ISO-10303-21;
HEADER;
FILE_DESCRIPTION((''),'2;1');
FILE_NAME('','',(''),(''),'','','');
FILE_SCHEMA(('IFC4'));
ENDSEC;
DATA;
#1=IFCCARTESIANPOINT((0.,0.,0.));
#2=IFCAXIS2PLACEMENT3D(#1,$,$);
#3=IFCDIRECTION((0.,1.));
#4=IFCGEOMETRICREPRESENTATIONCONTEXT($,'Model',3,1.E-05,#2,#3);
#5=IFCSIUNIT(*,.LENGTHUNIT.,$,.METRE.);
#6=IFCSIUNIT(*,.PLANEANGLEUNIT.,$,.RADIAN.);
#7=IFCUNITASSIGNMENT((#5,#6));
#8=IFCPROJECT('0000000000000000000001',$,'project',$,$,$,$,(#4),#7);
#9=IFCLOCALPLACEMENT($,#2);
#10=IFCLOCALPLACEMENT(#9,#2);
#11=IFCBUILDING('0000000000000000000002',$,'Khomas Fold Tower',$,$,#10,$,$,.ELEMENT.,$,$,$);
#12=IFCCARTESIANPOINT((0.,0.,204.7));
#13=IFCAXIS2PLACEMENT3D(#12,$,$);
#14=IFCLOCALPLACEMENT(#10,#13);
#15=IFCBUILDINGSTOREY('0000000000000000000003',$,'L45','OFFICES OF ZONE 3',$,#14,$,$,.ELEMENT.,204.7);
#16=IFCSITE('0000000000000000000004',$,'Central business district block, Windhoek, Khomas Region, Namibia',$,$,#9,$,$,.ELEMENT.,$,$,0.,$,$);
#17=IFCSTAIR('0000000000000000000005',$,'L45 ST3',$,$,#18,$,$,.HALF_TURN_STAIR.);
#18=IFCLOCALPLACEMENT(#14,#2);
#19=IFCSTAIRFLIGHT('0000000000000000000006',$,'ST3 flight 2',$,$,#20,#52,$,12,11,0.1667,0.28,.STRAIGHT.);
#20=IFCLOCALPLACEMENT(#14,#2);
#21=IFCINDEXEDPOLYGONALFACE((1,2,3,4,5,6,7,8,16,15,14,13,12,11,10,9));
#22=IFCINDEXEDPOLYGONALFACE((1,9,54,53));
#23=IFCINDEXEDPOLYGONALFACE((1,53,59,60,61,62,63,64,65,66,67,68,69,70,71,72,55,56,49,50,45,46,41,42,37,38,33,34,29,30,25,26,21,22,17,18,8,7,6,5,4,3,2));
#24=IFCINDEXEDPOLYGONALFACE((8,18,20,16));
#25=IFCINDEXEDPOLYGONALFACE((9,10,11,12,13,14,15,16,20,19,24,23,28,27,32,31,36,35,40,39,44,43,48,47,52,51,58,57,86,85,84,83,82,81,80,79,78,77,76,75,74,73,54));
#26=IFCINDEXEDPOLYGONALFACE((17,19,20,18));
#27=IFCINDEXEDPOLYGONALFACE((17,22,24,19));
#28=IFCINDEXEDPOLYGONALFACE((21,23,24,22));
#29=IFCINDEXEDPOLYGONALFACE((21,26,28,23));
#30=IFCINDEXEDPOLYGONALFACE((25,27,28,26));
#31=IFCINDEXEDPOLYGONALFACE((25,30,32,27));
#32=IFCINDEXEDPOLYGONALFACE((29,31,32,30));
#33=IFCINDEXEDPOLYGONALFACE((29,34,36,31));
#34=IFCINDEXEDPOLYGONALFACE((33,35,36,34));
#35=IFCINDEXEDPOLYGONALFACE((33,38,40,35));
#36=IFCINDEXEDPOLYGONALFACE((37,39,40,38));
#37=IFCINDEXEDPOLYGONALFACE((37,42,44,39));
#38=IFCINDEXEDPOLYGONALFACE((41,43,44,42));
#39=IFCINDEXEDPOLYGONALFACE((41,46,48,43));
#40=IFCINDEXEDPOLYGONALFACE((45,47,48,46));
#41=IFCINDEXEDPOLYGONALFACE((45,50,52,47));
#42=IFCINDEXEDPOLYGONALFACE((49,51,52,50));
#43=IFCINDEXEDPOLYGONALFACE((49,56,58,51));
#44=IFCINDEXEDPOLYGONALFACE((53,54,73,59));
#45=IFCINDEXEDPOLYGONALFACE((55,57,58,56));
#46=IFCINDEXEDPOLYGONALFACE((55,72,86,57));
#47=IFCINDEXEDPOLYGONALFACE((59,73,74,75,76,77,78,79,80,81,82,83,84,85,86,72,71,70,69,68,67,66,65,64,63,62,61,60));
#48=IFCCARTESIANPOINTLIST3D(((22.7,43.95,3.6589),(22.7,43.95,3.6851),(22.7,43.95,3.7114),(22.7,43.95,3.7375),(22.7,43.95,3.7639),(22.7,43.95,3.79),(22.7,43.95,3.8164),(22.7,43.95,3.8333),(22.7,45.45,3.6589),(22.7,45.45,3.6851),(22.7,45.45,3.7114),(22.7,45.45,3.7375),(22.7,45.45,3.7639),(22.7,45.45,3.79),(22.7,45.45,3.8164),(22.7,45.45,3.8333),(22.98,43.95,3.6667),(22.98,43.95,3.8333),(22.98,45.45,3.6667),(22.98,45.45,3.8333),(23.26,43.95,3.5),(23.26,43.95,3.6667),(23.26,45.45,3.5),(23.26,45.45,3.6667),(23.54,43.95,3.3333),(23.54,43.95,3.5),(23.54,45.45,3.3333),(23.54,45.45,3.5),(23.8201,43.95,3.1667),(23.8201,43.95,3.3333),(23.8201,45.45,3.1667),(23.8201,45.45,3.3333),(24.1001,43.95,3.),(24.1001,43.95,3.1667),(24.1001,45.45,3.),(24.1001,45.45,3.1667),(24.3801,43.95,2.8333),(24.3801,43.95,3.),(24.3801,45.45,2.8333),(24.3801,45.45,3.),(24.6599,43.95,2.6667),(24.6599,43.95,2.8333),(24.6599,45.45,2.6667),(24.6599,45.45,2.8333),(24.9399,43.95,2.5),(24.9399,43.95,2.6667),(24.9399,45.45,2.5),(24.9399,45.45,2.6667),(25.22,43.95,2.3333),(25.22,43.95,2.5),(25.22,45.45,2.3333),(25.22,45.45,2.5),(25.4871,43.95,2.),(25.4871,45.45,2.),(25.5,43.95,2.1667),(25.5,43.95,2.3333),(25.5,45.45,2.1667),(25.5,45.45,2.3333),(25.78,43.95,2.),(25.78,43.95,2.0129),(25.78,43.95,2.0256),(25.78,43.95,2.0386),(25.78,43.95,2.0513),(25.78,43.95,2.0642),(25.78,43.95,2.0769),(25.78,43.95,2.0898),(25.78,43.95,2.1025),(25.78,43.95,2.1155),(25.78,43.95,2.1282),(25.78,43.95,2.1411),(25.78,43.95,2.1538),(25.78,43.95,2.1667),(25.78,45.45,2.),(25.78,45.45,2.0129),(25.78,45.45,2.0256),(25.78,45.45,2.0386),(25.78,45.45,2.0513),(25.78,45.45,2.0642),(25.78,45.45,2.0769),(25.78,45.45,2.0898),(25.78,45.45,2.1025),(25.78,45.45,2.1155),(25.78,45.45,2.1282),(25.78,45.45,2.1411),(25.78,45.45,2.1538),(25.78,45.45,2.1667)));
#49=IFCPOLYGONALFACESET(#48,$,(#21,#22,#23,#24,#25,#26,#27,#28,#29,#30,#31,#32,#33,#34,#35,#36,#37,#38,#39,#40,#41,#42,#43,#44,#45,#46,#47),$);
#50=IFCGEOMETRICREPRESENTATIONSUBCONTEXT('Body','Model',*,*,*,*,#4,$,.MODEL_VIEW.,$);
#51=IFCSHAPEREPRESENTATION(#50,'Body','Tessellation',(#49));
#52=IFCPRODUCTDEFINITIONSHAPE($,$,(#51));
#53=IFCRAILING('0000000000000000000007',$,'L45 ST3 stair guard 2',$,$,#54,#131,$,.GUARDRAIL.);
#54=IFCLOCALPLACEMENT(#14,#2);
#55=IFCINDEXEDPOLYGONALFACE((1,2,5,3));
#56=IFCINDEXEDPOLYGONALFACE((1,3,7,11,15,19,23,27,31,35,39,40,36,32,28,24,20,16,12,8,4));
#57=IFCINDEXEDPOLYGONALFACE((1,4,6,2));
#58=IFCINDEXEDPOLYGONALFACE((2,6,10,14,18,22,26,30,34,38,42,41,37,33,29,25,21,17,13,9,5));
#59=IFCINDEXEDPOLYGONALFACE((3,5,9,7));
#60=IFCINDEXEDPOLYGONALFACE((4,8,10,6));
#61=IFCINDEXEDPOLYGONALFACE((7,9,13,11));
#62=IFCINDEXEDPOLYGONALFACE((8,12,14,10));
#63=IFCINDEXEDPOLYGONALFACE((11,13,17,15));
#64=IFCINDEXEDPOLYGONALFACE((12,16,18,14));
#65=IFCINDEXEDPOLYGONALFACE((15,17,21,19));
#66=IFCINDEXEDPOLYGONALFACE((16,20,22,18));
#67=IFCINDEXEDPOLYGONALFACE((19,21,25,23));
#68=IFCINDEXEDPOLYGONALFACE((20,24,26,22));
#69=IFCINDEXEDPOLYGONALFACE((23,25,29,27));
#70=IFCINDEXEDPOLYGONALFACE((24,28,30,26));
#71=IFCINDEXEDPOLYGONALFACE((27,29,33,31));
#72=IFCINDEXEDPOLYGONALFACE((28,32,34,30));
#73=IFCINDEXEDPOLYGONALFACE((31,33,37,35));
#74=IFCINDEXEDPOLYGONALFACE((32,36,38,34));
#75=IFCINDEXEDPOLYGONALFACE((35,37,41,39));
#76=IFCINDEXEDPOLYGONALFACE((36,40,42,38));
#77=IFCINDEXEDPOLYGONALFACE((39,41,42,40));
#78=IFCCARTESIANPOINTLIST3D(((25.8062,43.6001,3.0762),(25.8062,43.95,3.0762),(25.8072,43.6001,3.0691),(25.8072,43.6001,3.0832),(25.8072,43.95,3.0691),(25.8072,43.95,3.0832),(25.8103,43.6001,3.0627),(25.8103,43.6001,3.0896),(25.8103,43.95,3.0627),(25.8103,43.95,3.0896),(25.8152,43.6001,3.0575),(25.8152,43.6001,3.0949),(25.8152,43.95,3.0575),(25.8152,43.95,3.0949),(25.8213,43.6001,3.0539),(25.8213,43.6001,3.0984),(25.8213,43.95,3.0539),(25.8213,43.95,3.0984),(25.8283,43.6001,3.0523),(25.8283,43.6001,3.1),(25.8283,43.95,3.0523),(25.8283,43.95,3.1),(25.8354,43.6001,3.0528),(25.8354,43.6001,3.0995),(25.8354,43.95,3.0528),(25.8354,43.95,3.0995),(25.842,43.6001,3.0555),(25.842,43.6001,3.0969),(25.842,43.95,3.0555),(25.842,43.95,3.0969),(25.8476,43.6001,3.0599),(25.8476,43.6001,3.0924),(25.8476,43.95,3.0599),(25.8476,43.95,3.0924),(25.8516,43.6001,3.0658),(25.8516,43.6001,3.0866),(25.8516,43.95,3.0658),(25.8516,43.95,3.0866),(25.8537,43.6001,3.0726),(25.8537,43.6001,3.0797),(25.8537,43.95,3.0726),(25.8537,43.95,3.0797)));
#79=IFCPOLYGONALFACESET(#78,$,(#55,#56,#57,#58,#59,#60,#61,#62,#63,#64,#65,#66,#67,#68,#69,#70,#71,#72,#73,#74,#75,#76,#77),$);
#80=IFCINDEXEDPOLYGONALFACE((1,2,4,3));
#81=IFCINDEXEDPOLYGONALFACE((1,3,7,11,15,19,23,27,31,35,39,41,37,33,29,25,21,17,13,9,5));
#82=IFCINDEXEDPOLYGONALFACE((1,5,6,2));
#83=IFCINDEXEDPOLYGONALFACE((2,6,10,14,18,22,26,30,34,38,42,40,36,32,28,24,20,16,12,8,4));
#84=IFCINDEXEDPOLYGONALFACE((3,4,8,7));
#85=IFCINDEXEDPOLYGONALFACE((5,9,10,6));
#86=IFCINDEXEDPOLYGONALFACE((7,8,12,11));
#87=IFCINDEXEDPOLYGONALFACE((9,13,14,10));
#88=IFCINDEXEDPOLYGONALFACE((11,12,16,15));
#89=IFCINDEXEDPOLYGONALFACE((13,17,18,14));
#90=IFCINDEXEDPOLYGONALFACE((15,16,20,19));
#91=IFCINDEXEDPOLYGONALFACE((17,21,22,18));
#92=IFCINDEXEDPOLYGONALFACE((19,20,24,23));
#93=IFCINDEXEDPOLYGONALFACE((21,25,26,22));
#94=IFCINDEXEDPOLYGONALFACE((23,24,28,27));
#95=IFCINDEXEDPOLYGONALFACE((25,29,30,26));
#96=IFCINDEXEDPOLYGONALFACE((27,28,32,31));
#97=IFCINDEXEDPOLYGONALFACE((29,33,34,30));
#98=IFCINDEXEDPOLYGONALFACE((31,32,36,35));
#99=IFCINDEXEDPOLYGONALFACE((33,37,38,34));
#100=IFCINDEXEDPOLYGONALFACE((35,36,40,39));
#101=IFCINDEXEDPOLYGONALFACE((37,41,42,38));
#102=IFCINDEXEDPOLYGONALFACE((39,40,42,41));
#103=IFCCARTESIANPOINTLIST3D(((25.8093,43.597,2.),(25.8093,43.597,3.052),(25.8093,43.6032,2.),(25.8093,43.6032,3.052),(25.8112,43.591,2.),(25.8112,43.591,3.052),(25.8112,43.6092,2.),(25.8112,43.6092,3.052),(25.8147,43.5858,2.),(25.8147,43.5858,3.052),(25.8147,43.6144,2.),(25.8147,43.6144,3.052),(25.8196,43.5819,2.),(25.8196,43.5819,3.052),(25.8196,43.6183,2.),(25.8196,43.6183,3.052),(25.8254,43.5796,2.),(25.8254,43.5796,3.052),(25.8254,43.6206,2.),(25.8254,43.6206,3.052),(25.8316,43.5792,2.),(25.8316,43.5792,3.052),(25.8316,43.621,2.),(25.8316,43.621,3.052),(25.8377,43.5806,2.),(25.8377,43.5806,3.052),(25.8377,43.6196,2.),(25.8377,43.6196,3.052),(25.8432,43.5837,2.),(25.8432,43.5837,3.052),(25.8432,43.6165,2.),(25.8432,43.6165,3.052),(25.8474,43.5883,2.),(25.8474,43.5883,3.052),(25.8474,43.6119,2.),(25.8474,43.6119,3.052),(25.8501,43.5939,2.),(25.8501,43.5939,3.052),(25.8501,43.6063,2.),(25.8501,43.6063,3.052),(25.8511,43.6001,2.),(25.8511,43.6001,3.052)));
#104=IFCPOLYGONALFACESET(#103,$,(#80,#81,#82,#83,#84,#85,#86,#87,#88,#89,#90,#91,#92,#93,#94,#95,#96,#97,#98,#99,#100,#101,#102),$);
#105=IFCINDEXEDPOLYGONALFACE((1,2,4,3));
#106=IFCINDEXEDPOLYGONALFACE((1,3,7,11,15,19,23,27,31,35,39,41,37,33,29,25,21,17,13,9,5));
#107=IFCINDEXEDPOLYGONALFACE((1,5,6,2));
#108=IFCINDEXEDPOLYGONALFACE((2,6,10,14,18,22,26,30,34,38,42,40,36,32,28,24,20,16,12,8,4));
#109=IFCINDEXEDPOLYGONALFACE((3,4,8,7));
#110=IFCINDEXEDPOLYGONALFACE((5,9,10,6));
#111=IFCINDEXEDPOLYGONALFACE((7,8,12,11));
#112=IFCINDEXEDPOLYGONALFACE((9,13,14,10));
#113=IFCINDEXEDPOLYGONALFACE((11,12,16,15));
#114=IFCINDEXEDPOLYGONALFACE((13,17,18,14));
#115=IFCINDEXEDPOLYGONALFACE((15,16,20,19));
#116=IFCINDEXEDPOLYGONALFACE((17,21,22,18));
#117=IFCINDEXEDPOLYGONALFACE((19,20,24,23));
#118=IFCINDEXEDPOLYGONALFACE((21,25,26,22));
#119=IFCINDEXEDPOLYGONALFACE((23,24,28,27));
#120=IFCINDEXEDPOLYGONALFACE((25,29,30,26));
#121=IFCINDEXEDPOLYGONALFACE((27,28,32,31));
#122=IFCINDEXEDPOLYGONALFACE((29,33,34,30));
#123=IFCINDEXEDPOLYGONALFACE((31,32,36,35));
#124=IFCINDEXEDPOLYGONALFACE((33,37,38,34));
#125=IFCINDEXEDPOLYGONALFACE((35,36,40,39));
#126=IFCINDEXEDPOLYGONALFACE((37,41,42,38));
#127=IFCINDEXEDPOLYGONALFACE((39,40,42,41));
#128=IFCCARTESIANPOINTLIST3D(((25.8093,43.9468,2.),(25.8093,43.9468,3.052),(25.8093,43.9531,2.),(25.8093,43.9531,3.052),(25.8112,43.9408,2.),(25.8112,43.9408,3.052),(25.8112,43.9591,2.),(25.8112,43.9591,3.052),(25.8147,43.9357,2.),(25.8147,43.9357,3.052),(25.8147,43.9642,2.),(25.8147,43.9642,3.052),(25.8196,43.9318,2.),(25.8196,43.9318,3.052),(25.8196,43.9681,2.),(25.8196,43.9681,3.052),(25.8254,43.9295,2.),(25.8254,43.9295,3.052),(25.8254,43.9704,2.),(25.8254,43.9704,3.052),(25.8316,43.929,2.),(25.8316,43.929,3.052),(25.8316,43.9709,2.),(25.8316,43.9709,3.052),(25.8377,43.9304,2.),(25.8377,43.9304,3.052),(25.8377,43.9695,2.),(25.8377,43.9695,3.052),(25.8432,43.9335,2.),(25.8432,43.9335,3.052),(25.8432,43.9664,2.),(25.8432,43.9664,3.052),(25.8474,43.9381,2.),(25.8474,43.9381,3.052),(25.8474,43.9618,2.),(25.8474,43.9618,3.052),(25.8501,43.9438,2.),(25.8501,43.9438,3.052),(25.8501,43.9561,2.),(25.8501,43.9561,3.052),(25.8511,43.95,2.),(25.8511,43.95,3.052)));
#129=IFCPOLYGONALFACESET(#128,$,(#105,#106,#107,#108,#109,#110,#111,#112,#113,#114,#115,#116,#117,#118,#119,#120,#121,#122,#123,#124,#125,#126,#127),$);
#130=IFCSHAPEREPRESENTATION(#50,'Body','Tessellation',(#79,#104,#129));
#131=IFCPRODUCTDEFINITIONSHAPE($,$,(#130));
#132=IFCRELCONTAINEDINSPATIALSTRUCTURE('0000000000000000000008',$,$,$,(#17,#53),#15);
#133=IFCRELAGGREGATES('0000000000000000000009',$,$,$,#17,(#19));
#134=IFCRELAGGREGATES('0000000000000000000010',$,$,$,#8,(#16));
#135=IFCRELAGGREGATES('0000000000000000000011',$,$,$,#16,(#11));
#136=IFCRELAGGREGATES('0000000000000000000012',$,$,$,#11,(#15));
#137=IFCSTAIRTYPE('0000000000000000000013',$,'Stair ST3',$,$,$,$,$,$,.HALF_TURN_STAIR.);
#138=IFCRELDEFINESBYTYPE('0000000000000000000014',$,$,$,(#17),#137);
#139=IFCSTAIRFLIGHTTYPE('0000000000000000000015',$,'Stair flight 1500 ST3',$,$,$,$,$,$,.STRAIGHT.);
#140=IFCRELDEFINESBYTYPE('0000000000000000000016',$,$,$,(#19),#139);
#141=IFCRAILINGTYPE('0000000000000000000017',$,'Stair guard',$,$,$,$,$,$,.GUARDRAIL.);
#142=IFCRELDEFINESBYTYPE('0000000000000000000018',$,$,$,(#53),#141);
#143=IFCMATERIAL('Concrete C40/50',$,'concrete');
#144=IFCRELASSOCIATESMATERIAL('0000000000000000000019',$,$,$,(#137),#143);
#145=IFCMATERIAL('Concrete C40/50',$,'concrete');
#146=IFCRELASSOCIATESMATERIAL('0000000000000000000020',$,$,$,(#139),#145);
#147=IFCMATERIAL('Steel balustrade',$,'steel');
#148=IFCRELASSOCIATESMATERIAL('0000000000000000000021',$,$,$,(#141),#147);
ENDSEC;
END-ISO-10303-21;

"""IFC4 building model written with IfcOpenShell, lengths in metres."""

from ifc_helpers import new_model, si_unit, direction, frame, origin, origin_2d, place, context, subcontext, project, spatial, polyline, circle, outline, extrude, source, transform, mapped, material, type_object, element, aggregate, save


model = new_model("IFC4")

# Units and contexts
model_context = context("Model", 3, precision=1e-05, world=origin(), true_north=direction((0.0, 1.0)))
body_context = subcontext(model_context, "Body", "Model", "MODEL_VIEW")
ifc_project = project(units=[si_unit("LENGTHUNIT", "METRE"), si_unit("PLANEANGLEUNIT", "RADIAN")], contexts=[model_context])

# Site, building, storey
site_placement = place(None, origin())
site = spatial("IfcSite", under=ifc_project, at=site_placement, Name="Central business district block, Windhoek, Khomas Region, Namibia", CompositionType="ELEMENT", RefElevation=0.0)
building_placement = place(site_placement, origin())
building = spatial("IfcBuilding", under=site, at=building_placement, Name="Khomas Fold Tower", CompositionType="ELEMENT")
storey_placement = place(building_placement, frame((0.0, 0.0, 204.7)))
storey = spatial("IfcBuildingStorey", under=building, at=storey_placement, Name="L45", Description="OFFICES OF ZONE 3", CompositionType="ELEMENT", Elevation=204.7)

# Stair, stair flight
ifc_material_1 = material(Name="Concrete C40/50", Category="concrete")
stair_type = type_object("IfcStairType", Name="Stair ST3", PredefinedType="HALF_TURN_STAIR", material=ifc_material_1)
stair_placement = place(storey_placement, origin())
stair = element("IfcStair", 1, at=stair_placement, inside=storey, type_object=stair_type, Name="L45 ST3", PredefinedType="HALF_TURN_STAIR")
ifc_material_2 = material(Name="Concrete C40/50", Category="concrete")
stair_flight_type = type_object("IfcStairFlightType", Name="Stair flight 1500 ST3", PredefinedType="STRAIGHT", material=ifc_material_2)
shared_shape_1 = source(origin(), body_context, "Body", "SweptSolid", [
    extrude(outline(polyline([(0.0, 0.0), (0.0, 0.0129), (0.0, 0.0256), (0.0, 0.0386), (0.0, 0.0513), (0.0, 0.0642), (0.0, 0.0769), (0.0, 0.0898), (0.0, 0.1025), (0.0, 0.1155), (0.0, 0.1282), (0.0, 0.1411), (0.0, 0.1538), (0.0, 0.1667), (0.28, 0.1667), (0.28, 0.3333), (0.5601, 0.3333), (0.5601, 0.5), (0.8401, 0.5), (0.8401, 0.6667), (1.1201, 0.6667), (1.1201, 0.8333), (1.3999, 0.8333), (1.3999, 1.0), (1.6799, 1.0), (1.6799, 1.1667), (1.96, 1.1667), (1.96, 1.3333), (2.24, 1.3333), (2.24, 1.5), (2.52, 1.5), (2.52, 1.6667), (2.8, 1.6667), (2.8, 1.8333), (3.0801, 1.8333), (3.0801, 2.0), (3.0801, 1.9739), (3.0801, 1.9475), (3.0801, 1.9214), (3.0801, 1.895), (3.0801, 1.8689), (3.0801, 1.8425), (3.0801, 1.8164), (3.0801, 1.79), (3.0801, 1.7639), (3.0801, 1.7375), (3.0801, 1.7114), (3.0801, 1.6851), (3.0801, 1.6589), (0.293, 0.0), (0.0, 0.0)])), frame((0.0, 0.75, 0.0), z_axis=(0.0, -1.0, 0.0), x_axis=(1.0, 0.0, 0.0)), (0.0, 0.0, 1.0), 1.5),
])
stair_flight_placement = place(storey_placement, frame((25.78, 44.7, 2.0), z_axis=(0.0, 0.0, 1.0), x_axis=(-1.0, 0.0, 0.0)))
stair_flight = element("IfcStairFlight", 2, at=stair_flight_placement, type_object=stair_flight_type, Name="ST3 flight 2", NumberOfRisers=12, NumberOfTreads=11, PredefinedType="STRAIGHT", RiserHeight=0.1667, TreadLength=0.28, context=body_context, shape_type="MappedRepresentation", body=[
    mapped(shared_shape_1, transform((0.0, 0.0, 0.0))),
])
aggregate(stair, [stair_flight])

# Railing
ifc_material_3 = material(Name="Steel balustrade", Category="steel")
railing_type_1 = type_object("IfcRailingType", Name="Stair guard", PredefinedType="GUARDRAIL", material=ifc_material_3)
shared_shape_2 = source(origin(), body_context, "Body", "SweptSolid", [
    extrude(circle(Radius=0.0239, at=origin_2d()), frame((0.0, 0.0, 1.0762), z_axis=(0.0, 1.0, 0.0), x_axis=(-1.0, 0.0, 0.0)), (0.0, 0.0, 1.0), 0.3499),
    extrude(circle(Radius=0.021, at=origin_2d()), origin(), (0.0, 0.0, 1.0), 1.052),
    extrude(circle(Radius=0.021, at=origin_2d()), frame((0.0, 0.3499, 0.0)), (0.0, 0.0, 1.0), 1.052),
])
for number, where, name in (
    (3, (25.8301, 43.6001, 2.0), "L45 ST3 stair guard 2"),
):
    element("IfcRailing", number, at=place(storey_placement, frame(where)), inside=storey, type_object=railing_type_1, Name=name, PredefinedType="GUARDRAIL", context=body_context, shape_type="MappedRepresentation", body=[
        mapped(shared_shape_2, transform((0.0, 0.0, 0.0))),
    ])

save(model, "model.ifc")
